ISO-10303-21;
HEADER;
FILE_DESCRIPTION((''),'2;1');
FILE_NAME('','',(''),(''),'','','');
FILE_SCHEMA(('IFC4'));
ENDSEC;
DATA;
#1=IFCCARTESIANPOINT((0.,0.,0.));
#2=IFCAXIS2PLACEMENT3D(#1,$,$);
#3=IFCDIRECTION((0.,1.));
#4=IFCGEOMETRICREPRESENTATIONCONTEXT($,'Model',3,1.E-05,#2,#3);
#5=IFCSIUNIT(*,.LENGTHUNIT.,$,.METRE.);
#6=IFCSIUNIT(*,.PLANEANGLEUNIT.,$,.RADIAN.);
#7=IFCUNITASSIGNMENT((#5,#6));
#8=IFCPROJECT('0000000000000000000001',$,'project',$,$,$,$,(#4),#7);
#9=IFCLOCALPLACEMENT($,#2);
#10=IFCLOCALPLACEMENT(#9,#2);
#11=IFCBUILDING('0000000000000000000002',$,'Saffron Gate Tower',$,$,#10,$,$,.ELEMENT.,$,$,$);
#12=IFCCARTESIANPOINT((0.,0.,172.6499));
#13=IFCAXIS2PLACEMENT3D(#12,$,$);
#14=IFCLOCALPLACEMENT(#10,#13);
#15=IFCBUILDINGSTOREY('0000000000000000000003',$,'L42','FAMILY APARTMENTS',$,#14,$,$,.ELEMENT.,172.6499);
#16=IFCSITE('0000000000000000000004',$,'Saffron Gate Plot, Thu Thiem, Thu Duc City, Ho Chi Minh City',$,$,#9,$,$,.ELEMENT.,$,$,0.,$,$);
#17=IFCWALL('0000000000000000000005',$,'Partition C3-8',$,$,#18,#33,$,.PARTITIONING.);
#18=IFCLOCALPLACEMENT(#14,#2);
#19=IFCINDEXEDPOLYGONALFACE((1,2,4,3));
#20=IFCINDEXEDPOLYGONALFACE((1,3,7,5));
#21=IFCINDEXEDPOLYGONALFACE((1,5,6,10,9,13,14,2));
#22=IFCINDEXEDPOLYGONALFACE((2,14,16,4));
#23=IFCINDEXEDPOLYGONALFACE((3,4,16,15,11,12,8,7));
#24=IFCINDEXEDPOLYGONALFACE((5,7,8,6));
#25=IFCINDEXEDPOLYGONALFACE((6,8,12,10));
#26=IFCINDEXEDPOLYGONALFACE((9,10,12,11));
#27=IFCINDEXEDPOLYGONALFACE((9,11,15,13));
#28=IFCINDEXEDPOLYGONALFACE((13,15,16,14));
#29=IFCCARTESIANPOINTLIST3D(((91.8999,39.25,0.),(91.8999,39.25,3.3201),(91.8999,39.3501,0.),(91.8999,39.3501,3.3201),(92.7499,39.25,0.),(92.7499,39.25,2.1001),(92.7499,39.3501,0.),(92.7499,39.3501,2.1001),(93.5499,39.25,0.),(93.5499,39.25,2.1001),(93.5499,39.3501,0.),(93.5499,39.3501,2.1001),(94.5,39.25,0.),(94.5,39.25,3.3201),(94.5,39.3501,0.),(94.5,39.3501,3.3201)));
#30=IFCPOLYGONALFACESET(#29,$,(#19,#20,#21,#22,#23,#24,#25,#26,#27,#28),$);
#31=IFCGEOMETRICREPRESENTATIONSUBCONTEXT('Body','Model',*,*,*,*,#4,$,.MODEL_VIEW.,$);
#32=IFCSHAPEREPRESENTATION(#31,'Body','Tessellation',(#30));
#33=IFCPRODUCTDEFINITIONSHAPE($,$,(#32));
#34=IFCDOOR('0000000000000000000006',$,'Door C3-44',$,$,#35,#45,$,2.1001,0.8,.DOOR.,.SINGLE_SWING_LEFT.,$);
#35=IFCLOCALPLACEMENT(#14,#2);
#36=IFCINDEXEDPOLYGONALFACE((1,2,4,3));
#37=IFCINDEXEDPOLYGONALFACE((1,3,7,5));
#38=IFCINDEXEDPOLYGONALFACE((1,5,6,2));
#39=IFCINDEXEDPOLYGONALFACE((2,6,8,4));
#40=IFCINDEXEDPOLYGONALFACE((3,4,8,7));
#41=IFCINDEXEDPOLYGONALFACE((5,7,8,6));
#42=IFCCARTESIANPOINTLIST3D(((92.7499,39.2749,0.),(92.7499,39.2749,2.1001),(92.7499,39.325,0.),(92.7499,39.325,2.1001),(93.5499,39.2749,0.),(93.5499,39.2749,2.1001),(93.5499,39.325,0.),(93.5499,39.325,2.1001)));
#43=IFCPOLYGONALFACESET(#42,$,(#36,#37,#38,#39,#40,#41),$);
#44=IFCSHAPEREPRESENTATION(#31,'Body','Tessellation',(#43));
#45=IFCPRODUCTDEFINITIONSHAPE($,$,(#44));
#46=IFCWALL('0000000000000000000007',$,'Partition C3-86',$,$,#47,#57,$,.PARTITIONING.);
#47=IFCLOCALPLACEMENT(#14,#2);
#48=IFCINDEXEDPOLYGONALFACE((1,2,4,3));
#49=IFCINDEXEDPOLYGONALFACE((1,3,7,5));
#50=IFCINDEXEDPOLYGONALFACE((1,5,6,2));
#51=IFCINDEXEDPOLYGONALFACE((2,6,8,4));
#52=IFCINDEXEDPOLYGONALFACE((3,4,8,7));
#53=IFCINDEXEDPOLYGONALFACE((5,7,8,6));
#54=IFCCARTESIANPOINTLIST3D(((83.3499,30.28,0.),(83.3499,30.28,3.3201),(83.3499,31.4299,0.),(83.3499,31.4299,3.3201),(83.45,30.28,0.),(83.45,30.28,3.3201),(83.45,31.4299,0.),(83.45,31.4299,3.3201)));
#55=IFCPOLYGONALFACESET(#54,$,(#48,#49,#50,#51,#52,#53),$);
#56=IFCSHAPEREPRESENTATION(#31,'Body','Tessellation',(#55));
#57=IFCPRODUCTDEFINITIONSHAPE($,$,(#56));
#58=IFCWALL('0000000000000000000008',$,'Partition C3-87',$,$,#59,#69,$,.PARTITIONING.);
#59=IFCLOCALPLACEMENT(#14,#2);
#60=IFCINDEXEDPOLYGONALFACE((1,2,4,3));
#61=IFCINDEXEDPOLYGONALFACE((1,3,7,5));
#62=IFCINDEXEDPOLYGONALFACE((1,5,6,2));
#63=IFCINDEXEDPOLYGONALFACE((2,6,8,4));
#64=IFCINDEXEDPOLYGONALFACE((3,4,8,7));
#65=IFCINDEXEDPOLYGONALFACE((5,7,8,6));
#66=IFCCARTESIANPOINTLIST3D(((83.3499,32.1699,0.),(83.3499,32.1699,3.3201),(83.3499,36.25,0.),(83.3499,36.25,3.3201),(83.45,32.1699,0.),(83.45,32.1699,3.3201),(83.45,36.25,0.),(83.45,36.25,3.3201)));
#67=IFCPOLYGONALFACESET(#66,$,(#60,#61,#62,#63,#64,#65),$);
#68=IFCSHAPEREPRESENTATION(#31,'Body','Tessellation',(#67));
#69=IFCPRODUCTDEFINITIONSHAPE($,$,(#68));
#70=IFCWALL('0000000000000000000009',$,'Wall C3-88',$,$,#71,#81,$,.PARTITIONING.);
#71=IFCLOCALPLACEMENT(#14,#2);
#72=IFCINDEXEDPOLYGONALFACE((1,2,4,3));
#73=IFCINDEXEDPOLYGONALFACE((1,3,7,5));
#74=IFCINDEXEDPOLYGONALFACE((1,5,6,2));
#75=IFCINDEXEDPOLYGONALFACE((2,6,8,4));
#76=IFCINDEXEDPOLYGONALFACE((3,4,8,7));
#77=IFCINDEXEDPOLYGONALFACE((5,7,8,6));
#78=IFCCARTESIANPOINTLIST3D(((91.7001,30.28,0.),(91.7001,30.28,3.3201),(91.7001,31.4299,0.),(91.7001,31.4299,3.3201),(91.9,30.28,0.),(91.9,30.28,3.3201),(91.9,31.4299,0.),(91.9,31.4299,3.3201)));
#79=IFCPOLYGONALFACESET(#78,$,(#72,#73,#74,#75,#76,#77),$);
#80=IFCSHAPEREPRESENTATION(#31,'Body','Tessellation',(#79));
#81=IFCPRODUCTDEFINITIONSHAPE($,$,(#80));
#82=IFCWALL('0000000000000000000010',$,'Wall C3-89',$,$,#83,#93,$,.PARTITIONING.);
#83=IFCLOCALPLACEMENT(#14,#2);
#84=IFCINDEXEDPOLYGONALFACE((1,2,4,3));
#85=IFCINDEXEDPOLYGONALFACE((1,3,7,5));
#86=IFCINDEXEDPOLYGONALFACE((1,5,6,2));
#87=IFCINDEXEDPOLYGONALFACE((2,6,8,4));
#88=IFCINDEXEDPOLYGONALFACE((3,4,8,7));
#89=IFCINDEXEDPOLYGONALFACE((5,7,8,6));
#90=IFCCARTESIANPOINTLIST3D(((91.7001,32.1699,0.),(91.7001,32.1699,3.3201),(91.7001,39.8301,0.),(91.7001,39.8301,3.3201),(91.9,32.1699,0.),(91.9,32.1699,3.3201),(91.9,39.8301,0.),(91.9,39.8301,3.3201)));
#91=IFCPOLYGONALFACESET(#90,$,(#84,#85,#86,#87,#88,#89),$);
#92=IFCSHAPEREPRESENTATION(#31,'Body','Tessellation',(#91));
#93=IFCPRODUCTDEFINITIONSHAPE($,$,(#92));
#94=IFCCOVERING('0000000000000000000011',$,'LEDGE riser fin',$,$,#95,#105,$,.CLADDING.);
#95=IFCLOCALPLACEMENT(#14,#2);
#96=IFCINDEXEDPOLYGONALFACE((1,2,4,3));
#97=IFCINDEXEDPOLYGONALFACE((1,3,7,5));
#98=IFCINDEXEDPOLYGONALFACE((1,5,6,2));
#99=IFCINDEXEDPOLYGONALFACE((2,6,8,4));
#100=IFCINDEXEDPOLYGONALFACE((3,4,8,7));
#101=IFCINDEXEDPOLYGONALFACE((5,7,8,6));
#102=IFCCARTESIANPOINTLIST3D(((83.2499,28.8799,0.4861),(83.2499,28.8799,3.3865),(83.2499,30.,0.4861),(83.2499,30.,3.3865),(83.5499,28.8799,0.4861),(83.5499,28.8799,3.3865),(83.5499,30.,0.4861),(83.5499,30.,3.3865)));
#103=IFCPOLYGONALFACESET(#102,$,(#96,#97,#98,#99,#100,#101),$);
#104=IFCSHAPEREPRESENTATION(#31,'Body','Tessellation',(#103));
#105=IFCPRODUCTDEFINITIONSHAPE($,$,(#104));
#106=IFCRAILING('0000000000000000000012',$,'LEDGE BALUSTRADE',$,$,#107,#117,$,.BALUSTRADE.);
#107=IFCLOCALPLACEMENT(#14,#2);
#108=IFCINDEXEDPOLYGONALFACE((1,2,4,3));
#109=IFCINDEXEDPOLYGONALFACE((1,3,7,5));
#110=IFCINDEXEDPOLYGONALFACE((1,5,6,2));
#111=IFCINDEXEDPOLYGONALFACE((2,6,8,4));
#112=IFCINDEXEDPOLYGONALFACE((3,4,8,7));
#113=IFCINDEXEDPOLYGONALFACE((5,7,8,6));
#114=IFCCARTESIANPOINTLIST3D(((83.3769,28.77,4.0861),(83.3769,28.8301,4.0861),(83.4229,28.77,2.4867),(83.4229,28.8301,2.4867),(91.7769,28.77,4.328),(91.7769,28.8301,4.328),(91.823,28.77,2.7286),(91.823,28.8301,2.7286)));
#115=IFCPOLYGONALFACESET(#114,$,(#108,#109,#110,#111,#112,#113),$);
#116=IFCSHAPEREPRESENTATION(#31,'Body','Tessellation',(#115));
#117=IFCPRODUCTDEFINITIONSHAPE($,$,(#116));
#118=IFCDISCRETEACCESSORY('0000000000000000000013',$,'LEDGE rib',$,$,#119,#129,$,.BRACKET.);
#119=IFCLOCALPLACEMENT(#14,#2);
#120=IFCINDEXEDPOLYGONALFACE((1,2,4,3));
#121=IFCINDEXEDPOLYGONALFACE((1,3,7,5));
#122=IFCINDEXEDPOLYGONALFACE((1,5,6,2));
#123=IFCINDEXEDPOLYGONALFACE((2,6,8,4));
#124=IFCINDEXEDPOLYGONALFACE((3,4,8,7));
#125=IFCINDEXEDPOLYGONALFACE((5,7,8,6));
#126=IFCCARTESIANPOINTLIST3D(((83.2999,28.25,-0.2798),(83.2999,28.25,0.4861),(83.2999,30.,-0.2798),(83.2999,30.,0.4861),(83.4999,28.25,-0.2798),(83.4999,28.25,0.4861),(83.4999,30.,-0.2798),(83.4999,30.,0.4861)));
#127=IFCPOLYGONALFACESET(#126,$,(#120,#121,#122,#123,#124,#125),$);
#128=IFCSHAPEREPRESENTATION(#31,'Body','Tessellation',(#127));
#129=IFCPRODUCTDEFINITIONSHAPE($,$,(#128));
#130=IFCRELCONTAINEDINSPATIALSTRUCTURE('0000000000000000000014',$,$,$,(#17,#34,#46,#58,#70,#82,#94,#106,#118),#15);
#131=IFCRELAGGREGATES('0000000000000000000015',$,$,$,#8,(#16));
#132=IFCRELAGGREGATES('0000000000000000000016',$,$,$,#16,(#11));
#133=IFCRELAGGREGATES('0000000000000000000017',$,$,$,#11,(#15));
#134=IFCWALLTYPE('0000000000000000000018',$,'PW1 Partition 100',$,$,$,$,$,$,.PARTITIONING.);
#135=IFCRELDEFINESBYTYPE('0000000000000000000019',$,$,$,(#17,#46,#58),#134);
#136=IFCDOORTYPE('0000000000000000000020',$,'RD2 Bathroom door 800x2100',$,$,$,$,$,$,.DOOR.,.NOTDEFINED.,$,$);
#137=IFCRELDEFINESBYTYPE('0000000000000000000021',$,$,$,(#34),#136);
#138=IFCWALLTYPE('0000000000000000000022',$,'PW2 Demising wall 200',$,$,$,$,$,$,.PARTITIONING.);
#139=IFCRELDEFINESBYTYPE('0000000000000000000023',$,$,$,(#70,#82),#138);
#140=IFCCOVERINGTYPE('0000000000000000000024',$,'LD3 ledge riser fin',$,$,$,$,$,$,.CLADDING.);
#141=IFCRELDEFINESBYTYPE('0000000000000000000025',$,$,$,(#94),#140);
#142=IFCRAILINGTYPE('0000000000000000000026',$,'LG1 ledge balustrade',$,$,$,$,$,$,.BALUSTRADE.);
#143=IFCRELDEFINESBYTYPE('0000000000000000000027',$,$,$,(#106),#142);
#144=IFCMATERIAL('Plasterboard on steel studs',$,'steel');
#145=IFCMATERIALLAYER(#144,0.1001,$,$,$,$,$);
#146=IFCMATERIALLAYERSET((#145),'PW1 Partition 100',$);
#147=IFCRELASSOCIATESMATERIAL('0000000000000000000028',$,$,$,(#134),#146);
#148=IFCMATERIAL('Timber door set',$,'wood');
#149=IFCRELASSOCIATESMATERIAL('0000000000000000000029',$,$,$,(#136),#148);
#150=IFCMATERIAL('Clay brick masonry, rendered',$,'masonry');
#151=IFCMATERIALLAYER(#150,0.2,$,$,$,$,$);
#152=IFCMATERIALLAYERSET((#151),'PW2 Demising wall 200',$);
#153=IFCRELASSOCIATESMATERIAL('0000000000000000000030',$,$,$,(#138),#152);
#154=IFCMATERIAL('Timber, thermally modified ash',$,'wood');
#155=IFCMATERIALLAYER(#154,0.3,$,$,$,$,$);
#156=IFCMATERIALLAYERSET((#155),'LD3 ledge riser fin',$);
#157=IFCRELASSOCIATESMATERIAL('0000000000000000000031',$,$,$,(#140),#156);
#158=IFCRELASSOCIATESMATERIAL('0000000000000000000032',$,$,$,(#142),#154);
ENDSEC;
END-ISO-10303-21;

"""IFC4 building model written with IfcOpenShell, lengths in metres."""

from ifc_helpers import new_model, si_unit, direction, frame, frame_2d, origin, origin_2d, place, context, subcontext, project, spatial, rectangle, extrude, material, layer, layer_set, type_object, element, fill, save


model = new_model("IFC4")

# Units and contexts
model_context = context("Model", 3, precision=1e-05, world=origin(), true_north=direction((0.0, 1.0)))
body_context = subcontext(model_context, "Body", "Model", "MODEL_VIEW")
ifc_project = project(units=[si_unit("LENGTHUNIT", "METRE"), si_unit("PLANEANGLEUNIT", "RADIAN")], contexts=[model_context])

# Site, building, storey
site_placement = place(None, origin())
site = spatial("IfcSite", under=ifc_project, at=site_placement, Name="Saffron Gate Plot, Thu Thiem, Thu Duc City, Ho Chi Minh City", CompositionType="ELEMENT", RefElevation=0.0)
building_placement = place(site_placement, origin())
building = spatial("IfcBuilding", under=site, at=building_placement, Name="Saffron Gate Tower", CompositionType="ELEMENT")
storey_placement = place(building_placement, frame((0.0, 0.0, 172.6499)))
storey = spatial("IfcBuildingStorey", under=building, at=storey_placement, Name="L42", Description="FAMILY APARTMENTS", CompositionType="ELEMENT", Elevation=172.6499)

# Shared definitions
ifc_material_1 = material(Name="Plasterboard on steel studs", Category="steel")
ifc_layer_1 = layer(ifc_material_1, 0.1001)
ifc_layer_set_1 = layer_set([ifc_layer_1], Name="PW1 Partition 100")
wall_type_1 = type_object("IfcWallType", Name="PW1 Partition 100", PredefinedType="PARTITIONING", material=ifc_layer_set_1)
ifc_material_2 = material(Name="Timber door set", Category="wood")

# Wall, opening, door
wall_1_placement = place(storey_placement, frame((91.8999, 39.3, 0.0), z_axis=(0.0, 0.0, 1.0), x_axis=(1.0, 0.0, 0.0)))
wall_1 = element("IfcWall", 1, at=wall_1_placement, inside=storey, type_object=wall_type_1, Name="Partition C3-8", PredefinedType="PARTITIONING", context=body_context, shape_type="SweptSolid", body=[
    extrude(rectangle(XDim=2.6001, YDim=0.1001, at=frame_2d((1.3, 0.0))), origin(), (0.0, 0.0, 1.0), 3.3201),
])
opening_1_placement = place(wall_1_placement, frame((0.8501, 0.0, 0.0)))
opening_1 = element("IfcOpeningElement", 2, at=opening_1_placement, cuts=wall_1, PredefinedType="OPENING", context=body_context, shape_type="SweptSolid", body=[
    extrude(rectangle(XDim=0.8, YDim=2.1001, at=frame_2d((0.3999, 1.05))), frame((0.0, 0.0601, 0.0), z_axis=(0.0, -1.0, 0.0), x_axis=(1.0, 0.0, 0.0)), (0.0, 0.0, 1.0), 0.1201),
])
door_type_1 = type_object("IfcDoorType", Name="RD2 Bathroom door 800x2100", OperationType="NOTDEFINED", PredefinedType="DOOR", material=ifc_material_2)
door_1_placement = place(opening_1_placement, origin())
door_1 = element("IfcDoor", 3, at=door_1_placement, inside=storey, type_object=door_type_1, Name="Door C3-44", OperationType="SINGLE_SWING_LEFT", OverallHeight=2.1001, OverallWidth=0.8, PredefinedType="DOOR", context=body_context, shape_type="SweptSolid", body=[
    extrude(rectangle(XDim=0.8, YDim=2.1001, at=frame_2d((0.3999, 1.05))), frame((0.0, 0.0249, 0.0), z_axis=(0.0, -1.0, 0.0), x_axis=(1.0, 0.0, 0.0)), (0.0, 0.0, 1.0), 0.05),
])
fill(opening_1, door_1)

# Walls
wall_2_placement = place(storey_placement, frame((83.3999, 31.4299, 0.0), z_axis=(0.0, 0.0, 1.0), x_axis=(0.0, -1.0, 0.0)))
element("IfcWall", 4, at=wall_2_placement, inside=storey, type_object=wall_type_1, Name="Partition C3-86", PredefinedType="PARTITIONING", context=body_context, shape_type="SweptSolid", body=[
    extrude(rectangle(XDim=1.1499, YDim=0.1001, at=frame_2d((0.575, 0.0))), origin(), (0.0, 0.0, 1.0), 3.3201),
])
wall_3_placement = place(storey_placement, frame((83.3999, 36.25, 0.0), z_axis=(0.0, 0.0, 1.0), x_axis=(0.0, -1.0, 0.0)))
element("IfcWall", 5, at=wall_3_placement, inside=storey, type_object=wall_type_1, Name="Partition C3-87", PredefinedType="PARTITIONING", context=body_context, shape_type="SweptSolid", body=[
    extrude(rectangle(XDim=4.0801, YDim=0.1001, at=frame_2d((2.04, 0.0))), origin(), (0.0, 0.0, 1.0), 3.3201),
])
ifc_material_3 = material(Name="Clay brick masonry, rendered", Category="masonry")
ifc_layer_2 = layer(ifc_material_3, 0.2)
ifc_layer_set_2 = layer_set([ifc_layer_2], Name="PW2 Demising wall 200")
wall_type_2 = type_object("IfcWallType", Name="PW2 Demising wall 200", PredefinedType="PARTITIONING", material=ifc_layer_set_2)
wall_4_placement = place(storey_placement, frame((91.8, 31.4299, 0.0), z_axis=(0.0, 0.0, 1.0), x_axis=(0.0, -1.0, 0.0)))
element("IfcWall", 6, at=wall_4_placement, inside=storey, type_object=wall_type_2, Name="Wall C3-88", PredefinedType="PARTITIONING", context=body_context, shape_type="SweptSolid", body=[
    extrude(rectangle(XDim=1.1499, YDim=0.2, at=frame_2d((0.575, 0.0))), origin(), (0.0, 0.0, 1.0), 3.3201),
])
wall_5_placement = place(storey_placement, frame((91.8, 39.8301, 0.0), z_axis=(0.0, 0.0, 1.0), x_axis=(0.0, -1.0, 0.0)))
element("IfcWall", 7, at=wall_5_placement, inside=storey, type_object=wall_type_2, Name="Wall C3-89", PredefinedType="PARTITIONING", context=body_context, shape_type="SweptSolid", body=[
    extrude(rectangle(XDim=7.6602, YDim=0.2, at=frame_2d((3.8301, 0.0))), origin(), (0.0, 0.0, 1.0), 3.3201),
])

# Covering
ifc_material_4 = material(Name="Timber, thermally modified ash", Category="wood")
ifc_layer_3 = layer(ifc_material_4, 0.3)
ifc_layer_set_3 = layer_set([ifc_layer_3], Name="LD3 ledge riser fin")
covering_type = type_object("IfcCoveringType", Name="LD3 ledge riser fin", PredefinedType="CLADDING", material=ifc_layer_set_3)
covering_placement = place(storey_placement, frame((83.3999, 29.4399, 0.4861), z_axis=(0.0, 0.0, 1.0), x_axis=(1.0, 0.0, 0.0)))
element("IfcCovering", 8, at=covering_placement, inside=storey, type_object=covering_type, Name="LEDGE riser fin", PredefinedType="CLADDING", context=body_context, shape_type="SweptSolid", body=[
    extrude(rectangle(XDim=0.3, YDim=1.1201, at=origin_2d()), origin(), (0.0, 0.0, 1.0), 2.9004),
])

# Railing
railing_type = type_object("IfcRailingType", Name="LG1 ledge balustrade", PredefinedType="BALUSTRADE", material=ifc_material_4)
railing_placement = place(storey_placement, frame((83.3999, 28.8, 2.4863)))
element("IfcRailing", 9, at=railing_placement, inside=storey, type_object=railing_type, Name="LEDGE BALUSTRADE", PredefinedType="BALUSTRADE", context=body_context, shape_type="SweptSolid", body=[
    extrude(rectangle(XDim=0.0601, YDim=1.6001, at=origin_2d()), frame((0.0, 0.0, 0.8), z_axis=(0.999585, 0.0, 0.02879), x_axis=(0.0, 1.0, 0.0)), (0.0, 0.0, 1.0), 8.4036),
])

# Discrete accessory
discrete_accessory_placement = place(storey_placement, frame((83.3999, 29.125, -0.2798), z_axis=(0.0, 0.0, 1.0), x_axis=(1.0, 0.0, 0.0)))
element("IfcDiscreteAccessory", 10, at=discrete_accessory_placement, inside=storey, Name="LEDGE rib", PredefinedType="BRACKET", context=body_context, shape_type="SweptSolid", body=[
    extrude(rectangle(XDim=0.2, YDim=1.75, at=origin_2d()), origin(), (0.0, 0.0, 1.0), 0.7659),
])

save(model, "model.ifc")
